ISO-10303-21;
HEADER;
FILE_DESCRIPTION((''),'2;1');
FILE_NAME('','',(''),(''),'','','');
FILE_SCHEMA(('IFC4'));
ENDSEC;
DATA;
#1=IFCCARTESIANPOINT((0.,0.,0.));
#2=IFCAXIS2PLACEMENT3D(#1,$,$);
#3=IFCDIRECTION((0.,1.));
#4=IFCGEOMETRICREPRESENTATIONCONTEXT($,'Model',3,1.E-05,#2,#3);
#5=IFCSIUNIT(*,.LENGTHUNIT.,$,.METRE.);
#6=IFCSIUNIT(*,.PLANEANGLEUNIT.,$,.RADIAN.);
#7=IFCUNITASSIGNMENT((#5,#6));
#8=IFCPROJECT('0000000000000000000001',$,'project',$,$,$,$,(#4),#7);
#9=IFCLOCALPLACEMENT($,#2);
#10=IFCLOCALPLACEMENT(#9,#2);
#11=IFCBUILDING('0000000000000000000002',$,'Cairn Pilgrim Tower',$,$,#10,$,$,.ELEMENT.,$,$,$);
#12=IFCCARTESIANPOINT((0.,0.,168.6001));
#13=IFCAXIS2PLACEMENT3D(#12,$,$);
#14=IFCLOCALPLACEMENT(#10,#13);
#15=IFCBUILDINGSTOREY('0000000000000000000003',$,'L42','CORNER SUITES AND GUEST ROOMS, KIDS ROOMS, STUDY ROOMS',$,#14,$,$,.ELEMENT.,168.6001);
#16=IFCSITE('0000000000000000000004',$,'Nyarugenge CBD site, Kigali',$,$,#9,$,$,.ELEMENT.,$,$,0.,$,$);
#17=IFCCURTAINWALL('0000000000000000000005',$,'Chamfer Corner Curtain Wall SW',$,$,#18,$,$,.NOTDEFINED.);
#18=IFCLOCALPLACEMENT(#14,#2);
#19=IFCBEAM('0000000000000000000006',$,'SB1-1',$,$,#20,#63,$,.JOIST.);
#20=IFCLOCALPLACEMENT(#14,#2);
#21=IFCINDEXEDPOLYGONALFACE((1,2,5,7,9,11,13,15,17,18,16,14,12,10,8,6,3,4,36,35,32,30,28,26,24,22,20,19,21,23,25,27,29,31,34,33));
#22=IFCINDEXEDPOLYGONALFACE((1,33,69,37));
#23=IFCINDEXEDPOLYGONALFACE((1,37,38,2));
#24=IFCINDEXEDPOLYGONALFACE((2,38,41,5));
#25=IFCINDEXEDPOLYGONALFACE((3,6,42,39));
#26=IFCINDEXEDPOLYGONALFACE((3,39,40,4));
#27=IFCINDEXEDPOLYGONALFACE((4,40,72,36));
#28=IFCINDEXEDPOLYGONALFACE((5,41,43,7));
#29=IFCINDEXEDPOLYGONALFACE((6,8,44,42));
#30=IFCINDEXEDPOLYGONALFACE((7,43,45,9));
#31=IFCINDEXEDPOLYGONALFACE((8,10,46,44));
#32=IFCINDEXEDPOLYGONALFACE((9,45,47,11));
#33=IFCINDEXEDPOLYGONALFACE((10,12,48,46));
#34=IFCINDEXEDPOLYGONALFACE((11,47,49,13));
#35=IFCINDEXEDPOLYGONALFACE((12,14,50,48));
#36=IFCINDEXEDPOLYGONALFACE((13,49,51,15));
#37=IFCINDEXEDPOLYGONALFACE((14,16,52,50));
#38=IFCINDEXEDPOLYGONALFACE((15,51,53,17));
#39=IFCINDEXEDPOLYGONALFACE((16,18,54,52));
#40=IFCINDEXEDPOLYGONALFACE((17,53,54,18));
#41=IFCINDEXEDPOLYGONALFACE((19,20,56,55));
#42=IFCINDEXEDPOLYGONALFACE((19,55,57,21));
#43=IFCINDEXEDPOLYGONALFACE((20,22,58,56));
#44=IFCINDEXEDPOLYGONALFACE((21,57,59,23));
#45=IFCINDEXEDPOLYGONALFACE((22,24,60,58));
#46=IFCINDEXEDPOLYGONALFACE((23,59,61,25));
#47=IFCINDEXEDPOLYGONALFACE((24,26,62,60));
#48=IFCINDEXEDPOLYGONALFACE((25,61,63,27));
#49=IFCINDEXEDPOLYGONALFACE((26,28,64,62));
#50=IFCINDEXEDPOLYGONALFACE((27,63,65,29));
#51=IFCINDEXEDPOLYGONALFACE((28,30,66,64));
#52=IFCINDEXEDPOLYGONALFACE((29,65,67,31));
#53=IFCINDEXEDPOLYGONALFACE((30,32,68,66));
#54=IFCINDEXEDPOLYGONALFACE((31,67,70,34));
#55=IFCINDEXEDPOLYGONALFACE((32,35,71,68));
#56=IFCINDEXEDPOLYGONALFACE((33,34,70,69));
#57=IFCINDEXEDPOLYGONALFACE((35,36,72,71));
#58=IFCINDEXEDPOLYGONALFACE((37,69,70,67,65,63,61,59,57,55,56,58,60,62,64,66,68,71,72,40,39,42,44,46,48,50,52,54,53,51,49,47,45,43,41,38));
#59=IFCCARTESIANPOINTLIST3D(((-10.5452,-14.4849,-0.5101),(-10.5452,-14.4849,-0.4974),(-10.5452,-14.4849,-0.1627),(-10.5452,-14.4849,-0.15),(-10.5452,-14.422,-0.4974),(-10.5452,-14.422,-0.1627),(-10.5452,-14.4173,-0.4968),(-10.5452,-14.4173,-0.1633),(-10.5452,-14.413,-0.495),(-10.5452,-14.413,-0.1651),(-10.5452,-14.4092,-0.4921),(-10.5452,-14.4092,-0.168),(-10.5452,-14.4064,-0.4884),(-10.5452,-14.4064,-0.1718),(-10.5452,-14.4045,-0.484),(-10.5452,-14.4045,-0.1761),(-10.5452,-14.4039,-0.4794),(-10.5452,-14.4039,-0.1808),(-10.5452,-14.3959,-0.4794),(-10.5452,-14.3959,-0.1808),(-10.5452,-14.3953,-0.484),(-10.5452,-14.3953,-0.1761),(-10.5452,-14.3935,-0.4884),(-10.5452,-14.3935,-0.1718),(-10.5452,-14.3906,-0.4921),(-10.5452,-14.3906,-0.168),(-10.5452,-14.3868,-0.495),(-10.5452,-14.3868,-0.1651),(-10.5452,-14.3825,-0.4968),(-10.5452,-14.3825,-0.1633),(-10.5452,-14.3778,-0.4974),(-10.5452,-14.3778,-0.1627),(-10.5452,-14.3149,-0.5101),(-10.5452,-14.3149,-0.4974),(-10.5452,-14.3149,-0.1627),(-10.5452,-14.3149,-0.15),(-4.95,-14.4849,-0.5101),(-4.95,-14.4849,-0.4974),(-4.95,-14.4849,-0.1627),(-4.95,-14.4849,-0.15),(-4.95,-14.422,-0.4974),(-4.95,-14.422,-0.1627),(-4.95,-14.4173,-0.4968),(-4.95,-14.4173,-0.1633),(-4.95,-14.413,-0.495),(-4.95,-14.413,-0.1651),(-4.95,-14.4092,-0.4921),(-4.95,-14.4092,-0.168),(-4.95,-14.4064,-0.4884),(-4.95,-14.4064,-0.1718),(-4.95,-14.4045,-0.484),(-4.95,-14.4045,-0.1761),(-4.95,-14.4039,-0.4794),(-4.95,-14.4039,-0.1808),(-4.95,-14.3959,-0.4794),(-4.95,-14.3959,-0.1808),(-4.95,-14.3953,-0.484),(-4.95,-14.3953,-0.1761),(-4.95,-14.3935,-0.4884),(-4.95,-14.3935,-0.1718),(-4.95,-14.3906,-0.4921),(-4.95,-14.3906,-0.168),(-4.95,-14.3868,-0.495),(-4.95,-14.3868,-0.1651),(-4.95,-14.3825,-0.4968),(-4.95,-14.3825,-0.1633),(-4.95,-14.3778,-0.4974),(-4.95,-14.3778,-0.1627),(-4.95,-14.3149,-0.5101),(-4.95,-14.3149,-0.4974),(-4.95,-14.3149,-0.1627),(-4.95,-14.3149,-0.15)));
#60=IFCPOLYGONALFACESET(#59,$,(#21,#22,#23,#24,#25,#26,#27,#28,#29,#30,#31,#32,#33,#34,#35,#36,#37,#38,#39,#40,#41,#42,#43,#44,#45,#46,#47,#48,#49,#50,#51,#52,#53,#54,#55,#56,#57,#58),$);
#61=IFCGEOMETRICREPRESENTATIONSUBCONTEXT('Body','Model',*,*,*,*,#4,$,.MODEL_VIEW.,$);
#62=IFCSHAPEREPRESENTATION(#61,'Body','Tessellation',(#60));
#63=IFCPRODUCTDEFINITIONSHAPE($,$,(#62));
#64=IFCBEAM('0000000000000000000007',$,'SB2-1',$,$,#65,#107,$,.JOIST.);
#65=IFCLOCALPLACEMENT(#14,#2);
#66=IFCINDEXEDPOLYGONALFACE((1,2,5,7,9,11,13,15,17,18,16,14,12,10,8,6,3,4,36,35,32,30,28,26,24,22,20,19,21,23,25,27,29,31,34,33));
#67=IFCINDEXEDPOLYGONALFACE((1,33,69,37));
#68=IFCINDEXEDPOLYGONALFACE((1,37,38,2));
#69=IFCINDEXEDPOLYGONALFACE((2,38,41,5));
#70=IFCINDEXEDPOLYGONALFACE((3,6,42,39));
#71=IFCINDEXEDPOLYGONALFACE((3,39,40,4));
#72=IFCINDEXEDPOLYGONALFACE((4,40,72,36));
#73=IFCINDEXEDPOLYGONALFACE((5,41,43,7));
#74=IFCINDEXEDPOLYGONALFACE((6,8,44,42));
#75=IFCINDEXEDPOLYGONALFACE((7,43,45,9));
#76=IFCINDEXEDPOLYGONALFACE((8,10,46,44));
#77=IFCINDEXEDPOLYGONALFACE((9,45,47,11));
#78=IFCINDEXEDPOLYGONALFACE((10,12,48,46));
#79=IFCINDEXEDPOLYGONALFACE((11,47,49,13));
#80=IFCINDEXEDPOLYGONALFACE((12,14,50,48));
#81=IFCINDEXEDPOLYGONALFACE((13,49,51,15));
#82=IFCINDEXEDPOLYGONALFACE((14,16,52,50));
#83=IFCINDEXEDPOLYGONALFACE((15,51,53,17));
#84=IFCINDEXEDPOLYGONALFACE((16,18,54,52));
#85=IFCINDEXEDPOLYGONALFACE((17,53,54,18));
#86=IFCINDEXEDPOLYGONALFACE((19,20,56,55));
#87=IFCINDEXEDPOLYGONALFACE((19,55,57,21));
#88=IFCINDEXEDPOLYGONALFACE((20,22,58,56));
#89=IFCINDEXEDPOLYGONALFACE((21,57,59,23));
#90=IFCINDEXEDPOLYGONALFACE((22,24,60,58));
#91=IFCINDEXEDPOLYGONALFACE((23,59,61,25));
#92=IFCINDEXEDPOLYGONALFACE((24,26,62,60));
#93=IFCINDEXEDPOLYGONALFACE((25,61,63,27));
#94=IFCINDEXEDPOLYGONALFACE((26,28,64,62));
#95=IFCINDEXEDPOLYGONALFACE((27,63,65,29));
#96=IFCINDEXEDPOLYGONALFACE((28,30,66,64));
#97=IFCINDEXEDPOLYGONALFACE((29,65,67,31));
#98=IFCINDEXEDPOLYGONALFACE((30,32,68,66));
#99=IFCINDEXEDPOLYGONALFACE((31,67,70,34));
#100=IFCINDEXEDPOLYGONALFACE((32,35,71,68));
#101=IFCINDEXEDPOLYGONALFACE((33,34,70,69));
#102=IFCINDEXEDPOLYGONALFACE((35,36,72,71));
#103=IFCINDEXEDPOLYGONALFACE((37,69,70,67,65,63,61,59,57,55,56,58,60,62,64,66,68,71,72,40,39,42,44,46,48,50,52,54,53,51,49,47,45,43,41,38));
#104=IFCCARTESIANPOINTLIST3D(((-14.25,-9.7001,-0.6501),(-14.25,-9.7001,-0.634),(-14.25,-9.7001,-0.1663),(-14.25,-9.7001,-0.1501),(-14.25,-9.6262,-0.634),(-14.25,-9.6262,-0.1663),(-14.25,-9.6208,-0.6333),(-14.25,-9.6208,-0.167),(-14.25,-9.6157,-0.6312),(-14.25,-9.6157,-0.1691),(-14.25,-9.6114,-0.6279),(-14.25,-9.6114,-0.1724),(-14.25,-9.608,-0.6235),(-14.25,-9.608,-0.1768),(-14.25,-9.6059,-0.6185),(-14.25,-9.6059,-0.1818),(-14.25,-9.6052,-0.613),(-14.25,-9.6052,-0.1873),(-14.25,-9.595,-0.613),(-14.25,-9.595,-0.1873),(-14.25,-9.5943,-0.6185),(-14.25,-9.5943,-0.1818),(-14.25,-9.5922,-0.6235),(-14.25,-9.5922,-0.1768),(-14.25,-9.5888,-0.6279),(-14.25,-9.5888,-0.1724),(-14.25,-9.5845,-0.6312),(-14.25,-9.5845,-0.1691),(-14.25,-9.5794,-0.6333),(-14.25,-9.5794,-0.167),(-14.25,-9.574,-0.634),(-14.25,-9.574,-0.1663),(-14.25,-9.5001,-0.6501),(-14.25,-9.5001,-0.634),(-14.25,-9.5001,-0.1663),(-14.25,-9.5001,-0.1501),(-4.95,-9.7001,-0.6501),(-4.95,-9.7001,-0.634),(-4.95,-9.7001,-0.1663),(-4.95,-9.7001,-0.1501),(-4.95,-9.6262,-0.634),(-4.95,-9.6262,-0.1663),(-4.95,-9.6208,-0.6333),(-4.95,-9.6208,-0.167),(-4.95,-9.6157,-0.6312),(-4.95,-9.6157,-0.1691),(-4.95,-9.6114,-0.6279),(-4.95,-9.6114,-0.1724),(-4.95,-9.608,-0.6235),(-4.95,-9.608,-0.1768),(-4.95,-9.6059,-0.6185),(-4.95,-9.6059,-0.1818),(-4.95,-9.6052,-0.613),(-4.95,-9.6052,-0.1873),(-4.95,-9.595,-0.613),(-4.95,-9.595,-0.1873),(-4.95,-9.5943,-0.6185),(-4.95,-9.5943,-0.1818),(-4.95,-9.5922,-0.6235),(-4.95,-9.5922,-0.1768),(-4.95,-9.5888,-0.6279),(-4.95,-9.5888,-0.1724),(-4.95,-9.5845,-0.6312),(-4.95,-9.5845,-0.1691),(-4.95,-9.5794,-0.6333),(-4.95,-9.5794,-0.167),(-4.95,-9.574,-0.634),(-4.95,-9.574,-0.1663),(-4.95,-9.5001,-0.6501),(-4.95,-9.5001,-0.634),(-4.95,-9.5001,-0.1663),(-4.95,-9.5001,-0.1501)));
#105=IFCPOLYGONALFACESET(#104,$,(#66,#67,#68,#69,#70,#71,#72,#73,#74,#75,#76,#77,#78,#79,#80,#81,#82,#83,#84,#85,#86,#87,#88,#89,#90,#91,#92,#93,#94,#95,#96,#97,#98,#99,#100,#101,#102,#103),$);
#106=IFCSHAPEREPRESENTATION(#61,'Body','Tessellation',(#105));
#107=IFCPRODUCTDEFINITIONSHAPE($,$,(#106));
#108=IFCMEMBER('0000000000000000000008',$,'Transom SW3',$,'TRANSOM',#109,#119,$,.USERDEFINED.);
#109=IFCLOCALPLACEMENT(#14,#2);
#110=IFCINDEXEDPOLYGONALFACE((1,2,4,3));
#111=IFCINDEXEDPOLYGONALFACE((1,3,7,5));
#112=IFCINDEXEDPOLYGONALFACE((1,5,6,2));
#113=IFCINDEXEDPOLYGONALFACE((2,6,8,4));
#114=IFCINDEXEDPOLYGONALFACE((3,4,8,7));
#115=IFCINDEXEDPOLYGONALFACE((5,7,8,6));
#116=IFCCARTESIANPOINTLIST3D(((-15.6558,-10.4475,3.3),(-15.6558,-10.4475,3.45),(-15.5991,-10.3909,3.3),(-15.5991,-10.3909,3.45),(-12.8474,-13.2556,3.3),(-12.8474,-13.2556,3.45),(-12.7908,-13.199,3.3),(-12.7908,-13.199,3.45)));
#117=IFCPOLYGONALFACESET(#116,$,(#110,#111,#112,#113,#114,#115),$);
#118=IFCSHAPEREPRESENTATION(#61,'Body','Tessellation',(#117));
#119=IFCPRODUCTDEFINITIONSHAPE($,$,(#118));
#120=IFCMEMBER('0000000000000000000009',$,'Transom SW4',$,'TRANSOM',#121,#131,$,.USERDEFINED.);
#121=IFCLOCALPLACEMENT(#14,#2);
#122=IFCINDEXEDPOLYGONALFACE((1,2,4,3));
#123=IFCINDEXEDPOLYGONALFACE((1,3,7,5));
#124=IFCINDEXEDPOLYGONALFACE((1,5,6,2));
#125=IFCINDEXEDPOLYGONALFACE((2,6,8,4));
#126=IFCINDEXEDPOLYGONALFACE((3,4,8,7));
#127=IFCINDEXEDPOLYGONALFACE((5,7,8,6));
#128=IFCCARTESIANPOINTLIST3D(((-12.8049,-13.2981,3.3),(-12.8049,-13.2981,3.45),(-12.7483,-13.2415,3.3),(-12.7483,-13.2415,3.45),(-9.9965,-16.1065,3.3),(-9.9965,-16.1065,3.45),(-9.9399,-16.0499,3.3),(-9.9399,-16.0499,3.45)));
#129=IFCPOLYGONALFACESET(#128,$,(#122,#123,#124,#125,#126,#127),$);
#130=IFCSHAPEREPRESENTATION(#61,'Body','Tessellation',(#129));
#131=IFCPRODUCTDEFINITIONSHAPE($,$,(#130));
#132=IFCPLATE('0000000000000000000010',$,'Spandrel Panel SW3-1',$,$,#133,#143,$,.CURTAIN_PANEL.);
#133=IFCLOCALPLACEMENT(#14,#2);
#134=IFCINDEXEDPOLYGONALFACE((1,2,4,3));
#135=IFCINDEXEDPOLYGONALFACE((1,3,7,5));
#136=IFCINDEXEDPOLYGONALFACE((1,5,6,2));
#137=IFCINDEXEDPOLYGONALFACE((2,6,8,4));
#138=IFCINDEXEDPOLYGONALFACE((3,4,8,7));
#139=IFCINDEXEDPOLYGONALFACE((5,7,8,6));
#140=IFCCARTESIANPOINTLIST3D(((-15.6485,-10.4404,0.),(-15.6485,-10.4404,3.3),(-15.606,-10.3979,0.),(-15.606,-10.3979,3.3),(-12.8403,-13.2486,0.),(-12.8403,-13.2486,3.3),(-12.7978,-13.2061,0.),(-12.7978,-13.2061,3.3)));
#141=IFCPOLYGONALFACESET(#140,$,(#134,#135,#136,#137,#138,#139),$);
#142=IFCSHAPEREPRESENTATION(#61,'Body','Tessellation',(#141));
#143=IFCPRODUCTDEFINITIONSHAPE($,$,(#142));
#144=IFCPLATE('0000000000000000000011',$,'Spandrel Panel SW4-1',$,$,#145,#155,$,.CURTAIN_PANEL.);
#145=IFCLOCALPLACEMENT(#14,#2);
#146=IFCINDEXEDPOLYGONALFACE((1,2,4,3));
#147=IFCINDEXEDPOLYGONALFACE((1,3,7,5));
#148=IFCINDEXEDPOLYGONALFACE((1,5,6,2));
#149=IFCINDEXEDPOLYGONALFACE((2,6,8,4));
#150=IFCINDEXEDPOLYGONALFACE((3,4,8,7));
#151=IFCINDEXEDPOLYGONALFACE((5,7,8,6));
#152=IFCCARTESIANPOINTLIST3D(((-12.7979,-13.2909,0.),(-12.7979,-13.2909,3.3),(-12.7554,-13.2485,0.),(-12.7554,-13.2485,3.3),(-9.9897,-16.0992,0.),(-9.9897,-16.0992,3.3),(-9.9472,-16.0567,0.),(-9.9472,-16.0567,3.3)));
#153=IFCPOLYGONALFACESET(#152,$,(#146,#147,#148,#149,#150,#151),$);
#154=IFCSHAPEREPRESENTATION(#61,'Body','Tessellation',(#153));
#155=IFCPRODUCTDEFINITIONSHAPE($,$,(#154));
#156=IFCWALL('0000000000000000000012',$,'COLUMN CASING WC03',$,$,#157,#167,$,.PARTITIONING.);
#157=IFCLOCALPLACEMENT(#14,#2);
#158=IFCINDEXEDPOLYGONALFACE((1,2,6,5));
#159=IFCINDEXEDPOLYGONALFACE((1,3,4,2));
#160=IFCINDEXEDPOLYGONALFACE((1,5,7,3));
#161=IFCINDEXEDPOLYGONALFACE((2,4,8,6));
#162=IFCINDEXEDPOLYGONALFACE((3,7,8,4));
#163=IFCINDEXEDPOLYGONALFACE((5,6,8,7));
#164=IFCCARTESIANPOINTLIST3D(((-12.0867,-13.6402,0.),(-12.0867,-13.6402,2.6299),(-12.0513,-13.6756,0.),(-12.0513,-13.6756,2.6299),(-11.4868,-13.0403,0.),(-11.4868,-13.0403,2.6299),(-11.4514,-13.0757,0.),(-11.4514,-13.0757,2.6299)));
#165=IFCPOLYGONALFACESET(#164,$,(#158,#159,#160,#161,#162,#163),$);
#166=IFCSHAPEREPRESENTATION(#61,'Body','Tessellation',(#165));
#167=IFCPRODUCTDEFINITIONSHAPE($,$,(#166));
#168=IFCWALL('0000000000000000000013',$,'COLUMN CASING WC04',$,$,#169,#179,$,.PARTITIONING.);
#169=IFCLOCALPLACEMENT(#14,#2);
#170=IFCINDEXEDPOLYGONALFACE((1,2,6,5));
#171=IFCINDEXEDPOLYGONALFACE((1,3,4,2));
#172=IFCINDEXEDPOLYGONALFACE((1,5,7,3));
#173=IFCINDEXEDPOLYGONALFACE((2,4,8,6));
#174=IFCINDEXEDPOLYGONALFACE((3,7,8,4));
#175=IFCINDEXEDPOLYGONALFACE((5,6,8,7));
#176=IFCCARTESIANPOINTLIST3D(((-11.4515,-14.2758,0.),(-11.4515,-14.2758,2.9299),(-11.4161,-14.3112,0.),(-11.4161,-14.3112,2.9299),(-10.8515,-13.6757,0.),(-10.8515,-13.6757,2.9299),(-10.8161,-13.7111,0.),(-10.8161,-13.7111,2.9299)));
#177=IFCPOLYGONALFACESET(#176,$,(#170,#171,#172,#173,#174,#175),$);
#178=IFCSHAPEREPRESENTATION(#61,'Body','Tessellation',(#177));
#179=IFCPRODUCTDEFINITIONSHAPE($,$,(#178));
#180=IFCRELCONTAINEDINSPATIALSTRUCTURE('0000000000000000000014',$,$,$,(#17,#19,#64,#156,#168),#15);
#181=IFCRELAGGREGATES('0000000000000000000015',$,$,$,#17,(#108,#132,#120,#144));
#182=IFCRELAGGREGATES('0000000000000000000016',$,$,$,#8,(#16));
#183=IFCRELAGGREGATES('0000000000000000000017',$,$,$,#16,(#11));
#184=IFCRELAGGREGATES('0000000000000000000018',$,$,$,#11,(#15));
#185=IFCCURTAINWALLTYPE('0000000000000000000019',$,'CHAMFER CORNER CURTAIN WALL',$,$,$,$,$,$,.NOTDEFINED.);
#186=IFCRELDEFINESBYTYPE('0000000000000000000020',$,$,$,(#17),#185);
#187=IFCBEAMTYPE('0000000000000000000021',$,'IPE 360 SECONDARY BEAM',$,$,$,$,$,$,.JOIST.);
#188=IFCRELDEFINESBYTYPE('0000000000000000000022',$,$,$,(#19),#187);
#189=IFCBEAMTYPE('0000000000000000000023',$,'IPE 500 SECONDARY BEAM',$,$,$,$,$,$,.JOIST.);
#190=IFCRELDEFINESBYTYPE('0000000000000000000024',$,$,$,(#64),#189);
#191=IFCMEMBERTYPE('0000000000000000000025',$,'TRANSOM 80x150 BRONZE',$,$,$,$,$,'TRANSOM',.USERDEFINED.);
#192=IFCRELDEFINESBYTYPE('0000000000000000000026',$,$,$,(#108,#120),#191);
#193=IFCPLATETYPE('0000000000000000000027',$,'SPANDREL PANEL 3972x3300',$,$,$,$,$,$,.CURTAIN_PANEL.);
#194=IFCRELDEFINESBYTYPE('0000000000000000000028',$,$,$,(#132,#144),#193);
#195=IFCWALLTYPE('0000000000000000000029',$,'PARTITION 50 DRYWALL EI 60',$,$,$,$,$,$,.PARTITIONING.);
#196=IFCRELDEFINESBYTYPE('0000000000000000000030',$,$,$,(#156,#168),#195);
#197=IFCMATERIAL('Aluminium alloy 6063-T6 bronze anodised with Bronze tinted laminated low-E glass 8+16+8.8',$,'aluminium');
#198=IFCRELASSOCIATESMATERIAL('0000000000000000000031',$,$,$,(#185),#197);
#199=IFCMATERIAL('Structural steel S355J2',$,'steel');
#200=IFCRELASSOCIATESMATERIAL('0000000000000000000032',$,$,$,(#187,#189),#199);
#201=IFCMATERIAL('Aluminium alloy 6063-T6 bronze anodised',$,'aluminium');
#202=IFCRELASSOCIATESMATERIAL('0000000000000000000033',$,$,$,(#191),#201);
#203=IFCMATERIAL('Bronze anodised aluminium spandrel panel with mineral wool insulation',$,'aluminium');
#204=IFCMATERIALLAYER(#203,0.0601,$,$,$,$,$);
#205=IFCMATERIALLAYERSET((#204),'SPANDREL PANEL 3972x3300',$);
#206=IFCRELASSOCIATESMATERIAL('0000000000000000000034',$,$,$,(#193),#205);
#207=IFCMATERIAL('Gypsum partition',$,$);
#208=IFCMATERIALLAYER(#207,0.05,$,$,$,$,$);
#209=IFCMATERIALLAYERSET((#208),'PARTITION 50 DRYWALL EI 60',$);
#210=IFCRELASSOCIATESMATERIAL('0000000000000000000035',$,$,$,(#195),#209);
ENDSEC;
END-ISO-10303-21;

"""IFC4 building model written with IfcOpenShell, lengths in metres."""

from ifc_helpers import new_model, si_unit, direction, frame, frame_2d, origin, origin_2d, place, context, subcontext, project, spatial, rectangle, i_section, extrude, material, layer, layer_set, material_profile, profile_set, type_object, element, aggregate, save


model = new_model("IFC4")

# Units and contexts
model_context = context("Model", 3, precision=1e-05, world=origin(), true_north=direction((0.0, 1.0)))
body_context = subcontext(model_context, "Body", "Model", "MODEL_VIEW")
ifc_project = project(units=[si_unit("LENGTHUNIT", "METRE"), si_unit("PLANEANGLEUNIT", "RADIAN")], contexts=[model_context])

# Site, building, storey
site_placement = place(None, origin())
site = spatial("IfcSite", under=ifc_project, at=site_placement, Name="Nyarugenge CBD site, Kigali", CompositionType="ELEMENT", RefElevation=0.0)
building_placement = place(site_placement, origin())
building = spatial("IfcBuilding", under=site, at=building_placement, Name="Cairn Pilgrim Tower", CompositionType="ELEMENT")
storey_placement = place(building_placement, frame((0.0, 0.0, 168.6001)))
storey = spatial("IfcBuildingStorey", under=building, at=storey_placement, Name="L42", Description="CORNER SUITES AND GUEST ROOMS, KIDS ROOMS, STUDY ROOMS", CompositionType="ELEMENT", Elevation=168.6001)

# Shared definitions
ifc_material_1 = material(Name="Structural steel S355J2", Category="steel")

# Shared definitions
ifc_material_2 = material(Name="Aluminium alloy 6063-T6 bronze anodised with Bronze tinted laminated low-E glass 8+16+8.8", Category="aluminium")
ifc_material_3 = material(Name="Aluminium alloy 6063-T6 bronze anodised", Category="aluminium")

# Curtain wall
curtain_wall_type_1 = type_object("IfcCurtainWallType", Name="CHAMFER CORNER CURTAIN WALL", PredefinedType="NOTDEFINED", material=ifc_material_2)
curtain_wall_1_placement = place(storey_placement, origin())
curtain_wall_1 = element("IfcCurtainWall", 1, at=curtain_wall_1_placement, inside=storey, type_object=curtain_wall_type_1, Name="Chamfer Corner Curtain Wall SW", PredefinedType="NOTDEFINED")

# Beams
ifc_material_profile_1 = material_profile(ifc_material_1, i_section(OverallWidth=0.1699, OverallDepth=0.3601, WebThickness=0.0081, FlangeThickness=0.0127, FilletRadius=0.0181, at=origin_2d()), Name="IPE 360")
ifc_profile_set_1 = profile_set([ifc_material_profile_1], Name="Structural steel S355J2")
beam_type_1 = type_object("IfcBeamType", Name="IPE 360 SECONDARY BEAM", PredefinedType="JOIST", material=ifc_profile_set_1)
beam_1_placement = place(storey_placement, frame((-10.5452, -14.3999, -0.3301), z_axis=(1.0, 0.0, 0.0), x_axis=(0.0, 1.0, 0.0)))
element("IfcBeam", 2, at=beam_1_placement, inside=storey, type_object=beam_type_1, Name="SB1-1", PredefinedType="JOIST", context=body_context, shape_type="SweptSolid", body=[
    extrude(i_section(OverallWidth=0.1699, OverallDepth=0.3601, WebThickness=0.0081, FlangeThickness=0.0127, FilletRadius=0.0181, at=origin_2d()), origin(), (0.0, 0.0, 1.0), 5.5952),
])
ifc_material_profile_2 = material_profile(ifc_material_1, i_section(OverallWidth=0.2, OverallDepth=0.5, WebThickness=0.0103, FlangeThickness=0.0161, FilletRadius=0.021, at=origin_2d()), Name="IPE 500")
ifc_profile_set_2 = profile_set([ifc_material_profile_2], Name="Structural steel S355J2")
beam_type_2 = type_object("IfcBeamType", Name="IPE 500 SECONDARY BEAM", PredefinedType="JOIST", material=ifc_profile_set_2)
beam_2_placement = place(storey_placement, frame((-14.25, -9.6001, -0.4001), z_axis=(1.0, 0.0, 0.0), x_axis=(0.0, 1.0, 0.0)))
element("IfcBeam", 3, at=beam_2_placement, inside=storey, type_object=beam_type_2, Name="SB2-1", PredefinedType="JOIST", context=body_context, shape_type="SweptSolid", body=[
    extrude(i_section(OverallWidth=0.2, OverallDepth=0.5, WebThickness=0.0103, FlangeThickness=0.0161, FilletRadius=0.021, at=origin_2d()), origin(), (0.0, 0.0, 1.0), 9.3),
])

# Members
ifc_material_profile_3 = material_profile(ifc_material_3, rectangle(XDim=0.0801, YDim=0.1499, at=origin_2d()), Name="TRANSOM 80x150 BRONZE")
ifc_profile_set_3 = profile_set([ifc_material_profile_3], Name="Aluminium alloy 6063-T6 bronze anodised")
member_type_1 = type_object("IfcMemberType", Name="TRANSOM 80x150 BRONZE", ElementType="TRANSOM", PredefinedType="USERDEFINED", material=ifc_profile_set_3)
member_1_placement = place(storey_placement, frame((-15.6274, -10.4192, 3.375), z_axis=(0.707138, -0.707076, 0.0), x_axis=(0.707076, 0.707138, 0.0)))
member_1 = element("IfcMember", 4, at=member_1_placement, type_object=member_type_1, Name="Transom SW3", ObjectType="TRANSOM", PredefinedType="USERDEFINED", context=body_context, shape_type="SweptSolid", body=[
    extrude(rectangle(XDim=0.0801, YDim=0.1499, at=origin_2d()), origin(), (0.0, 0.0, 1.0), 3.9714),
])
member_2_placement = place(storey_placement, frame((-12.7766, -13.2698, 3.375), z_axis=(0.707107, -0.707107, 0.0), x_axis=(0.707107, 0.707107, 0.0)))
member_2 = element("IfcMember", 5, at=member_2_placement, type_object=member_type_1, Name="Transom SW4", ObjectType="TRANSOM", PredefinedType="USERDEFINED", context=body_context, shape_type="SweptSolid", body=[
    extrude(rectangle(XDim=0.0801, YDim=0.1499, at=origin_2d()), origin(), (0.0, 0.0, 1.0), 3.9717),
])

# Plates
ifc_material_4 = material(Name="Bronze anodised aluminium spandrel panel with mineral wool insulation", Category="aluminium")
ifc_layer_1 = layer(ifc_material_4, 0.0601)
ifc_layer_set_1 = layer_set([ifc_layer_1], Name="SPANDREL PANEL 3972x3300")
plate_type = type_object("IfcPlateType", Name="SPANDREL PANEL 3972x3300", PredefinedType="CURTAIN_PANEL", material=ifc_layer_set_1)
plate_1_placement = place(storey_placement, frame((-14.2231, -11.8232, 0.0), z_axis=(0.0, 0.0, 1.0), x_axis=(0.707107, -0.707107, 0.0)))
plate_1 = element("IfcPlate", 6, at=plate_1_placement, type_object=plate_type, Name="Spandrel Panel SW3-1", PredefinedType="CURTAIN_PANEL", context=body_context, shape_type="SweptSolid", body=[
    extrude(rectangle(XDim=3.9714, YDim=0.0601, at=origin_2d()), origin(), (0.0, 0.0, 1.0), 3.3),
])
plate_2_placement = place(storey_placement, frame((-11.3726, -14.6738, 0.0), z_axis=(0.0, 0.0, 1.0), x_axis=(0.707107, -0.707107, 0.0)))
plate_2 = element("IfcPlate", 7, at=plate_2_placement, type_object=plate_type, Name="Spandrel Panel SW4-1", PredefinedType="CURTAIN_PANEL", context=body_context, shape_type="SweptSolid", body=[
    extrude(rectangle(XDim=3.9714, YDim=0.0601, at=origin_2d()), origin(), (0.0, 0.0, 1.0), 3.3),
])
aggregate(curtain_wall_1, [member_1, plate_1, member_2, plate_2])

# Walls
ifc_material_5 = material(Name="Gypsum partition")
ifc_layer_2 = layer(ifc_material_5, 0.05)
ifc_layer_set_2 = layer_set([ifc_layer_2], Name="PARTITION 50 DRYWALL EI 60")
wall_type_1 = type_object("IfcWallType", Name="PARTITION 50 DRYWALL EI 60", PredefinedType="PARTITIONING", material=ifc_layer_set_2)
wall_1_placement = place(storey_placement, frame((-12.0691, -13.658, 0.0), z_axis=(0.0, 0.0, 1.0), x_axis=(0.707107, 0.707107, 0.0)))
element("IfcWall", 8, at=wall_1_placement, inside=storey, type_object=wall_type_1, Name="COLUMN CASING WC03", PredefinedType="PARTITIONING", context=body_context, shape_type="SweptSolid", body=[
    extrude(rectangle(XDim=0.8484, YDim=0.05, at=frame_2d((0.4243, 0.0))), origin(), (0.0, 0.0, 1.0), 2.6299),
])
wall_2_placement = place(storey_placement, frame((-11.4338, -14.2935, 0.0), z_axis=(0.0, 0.0, 1.0), x_axis=(0.707107, 0.707107, 0.0)))
element("IfcWall", 9, at=wall_2_placement, inside=storey, type_object=wall_type_1, Name="COLUMN CASING WC04", PredefinedType="PARTITIONING", context=body_context, shape_type="SweptSolid", body=[
    extrude(rectangle(XDim=0.8486, YDim=0.05, at=frame_2d((0.4243, 0.0))), origin(), (0.0, 0.0, 1.0), 2.9299),
])

save(model, "model.ifc")
